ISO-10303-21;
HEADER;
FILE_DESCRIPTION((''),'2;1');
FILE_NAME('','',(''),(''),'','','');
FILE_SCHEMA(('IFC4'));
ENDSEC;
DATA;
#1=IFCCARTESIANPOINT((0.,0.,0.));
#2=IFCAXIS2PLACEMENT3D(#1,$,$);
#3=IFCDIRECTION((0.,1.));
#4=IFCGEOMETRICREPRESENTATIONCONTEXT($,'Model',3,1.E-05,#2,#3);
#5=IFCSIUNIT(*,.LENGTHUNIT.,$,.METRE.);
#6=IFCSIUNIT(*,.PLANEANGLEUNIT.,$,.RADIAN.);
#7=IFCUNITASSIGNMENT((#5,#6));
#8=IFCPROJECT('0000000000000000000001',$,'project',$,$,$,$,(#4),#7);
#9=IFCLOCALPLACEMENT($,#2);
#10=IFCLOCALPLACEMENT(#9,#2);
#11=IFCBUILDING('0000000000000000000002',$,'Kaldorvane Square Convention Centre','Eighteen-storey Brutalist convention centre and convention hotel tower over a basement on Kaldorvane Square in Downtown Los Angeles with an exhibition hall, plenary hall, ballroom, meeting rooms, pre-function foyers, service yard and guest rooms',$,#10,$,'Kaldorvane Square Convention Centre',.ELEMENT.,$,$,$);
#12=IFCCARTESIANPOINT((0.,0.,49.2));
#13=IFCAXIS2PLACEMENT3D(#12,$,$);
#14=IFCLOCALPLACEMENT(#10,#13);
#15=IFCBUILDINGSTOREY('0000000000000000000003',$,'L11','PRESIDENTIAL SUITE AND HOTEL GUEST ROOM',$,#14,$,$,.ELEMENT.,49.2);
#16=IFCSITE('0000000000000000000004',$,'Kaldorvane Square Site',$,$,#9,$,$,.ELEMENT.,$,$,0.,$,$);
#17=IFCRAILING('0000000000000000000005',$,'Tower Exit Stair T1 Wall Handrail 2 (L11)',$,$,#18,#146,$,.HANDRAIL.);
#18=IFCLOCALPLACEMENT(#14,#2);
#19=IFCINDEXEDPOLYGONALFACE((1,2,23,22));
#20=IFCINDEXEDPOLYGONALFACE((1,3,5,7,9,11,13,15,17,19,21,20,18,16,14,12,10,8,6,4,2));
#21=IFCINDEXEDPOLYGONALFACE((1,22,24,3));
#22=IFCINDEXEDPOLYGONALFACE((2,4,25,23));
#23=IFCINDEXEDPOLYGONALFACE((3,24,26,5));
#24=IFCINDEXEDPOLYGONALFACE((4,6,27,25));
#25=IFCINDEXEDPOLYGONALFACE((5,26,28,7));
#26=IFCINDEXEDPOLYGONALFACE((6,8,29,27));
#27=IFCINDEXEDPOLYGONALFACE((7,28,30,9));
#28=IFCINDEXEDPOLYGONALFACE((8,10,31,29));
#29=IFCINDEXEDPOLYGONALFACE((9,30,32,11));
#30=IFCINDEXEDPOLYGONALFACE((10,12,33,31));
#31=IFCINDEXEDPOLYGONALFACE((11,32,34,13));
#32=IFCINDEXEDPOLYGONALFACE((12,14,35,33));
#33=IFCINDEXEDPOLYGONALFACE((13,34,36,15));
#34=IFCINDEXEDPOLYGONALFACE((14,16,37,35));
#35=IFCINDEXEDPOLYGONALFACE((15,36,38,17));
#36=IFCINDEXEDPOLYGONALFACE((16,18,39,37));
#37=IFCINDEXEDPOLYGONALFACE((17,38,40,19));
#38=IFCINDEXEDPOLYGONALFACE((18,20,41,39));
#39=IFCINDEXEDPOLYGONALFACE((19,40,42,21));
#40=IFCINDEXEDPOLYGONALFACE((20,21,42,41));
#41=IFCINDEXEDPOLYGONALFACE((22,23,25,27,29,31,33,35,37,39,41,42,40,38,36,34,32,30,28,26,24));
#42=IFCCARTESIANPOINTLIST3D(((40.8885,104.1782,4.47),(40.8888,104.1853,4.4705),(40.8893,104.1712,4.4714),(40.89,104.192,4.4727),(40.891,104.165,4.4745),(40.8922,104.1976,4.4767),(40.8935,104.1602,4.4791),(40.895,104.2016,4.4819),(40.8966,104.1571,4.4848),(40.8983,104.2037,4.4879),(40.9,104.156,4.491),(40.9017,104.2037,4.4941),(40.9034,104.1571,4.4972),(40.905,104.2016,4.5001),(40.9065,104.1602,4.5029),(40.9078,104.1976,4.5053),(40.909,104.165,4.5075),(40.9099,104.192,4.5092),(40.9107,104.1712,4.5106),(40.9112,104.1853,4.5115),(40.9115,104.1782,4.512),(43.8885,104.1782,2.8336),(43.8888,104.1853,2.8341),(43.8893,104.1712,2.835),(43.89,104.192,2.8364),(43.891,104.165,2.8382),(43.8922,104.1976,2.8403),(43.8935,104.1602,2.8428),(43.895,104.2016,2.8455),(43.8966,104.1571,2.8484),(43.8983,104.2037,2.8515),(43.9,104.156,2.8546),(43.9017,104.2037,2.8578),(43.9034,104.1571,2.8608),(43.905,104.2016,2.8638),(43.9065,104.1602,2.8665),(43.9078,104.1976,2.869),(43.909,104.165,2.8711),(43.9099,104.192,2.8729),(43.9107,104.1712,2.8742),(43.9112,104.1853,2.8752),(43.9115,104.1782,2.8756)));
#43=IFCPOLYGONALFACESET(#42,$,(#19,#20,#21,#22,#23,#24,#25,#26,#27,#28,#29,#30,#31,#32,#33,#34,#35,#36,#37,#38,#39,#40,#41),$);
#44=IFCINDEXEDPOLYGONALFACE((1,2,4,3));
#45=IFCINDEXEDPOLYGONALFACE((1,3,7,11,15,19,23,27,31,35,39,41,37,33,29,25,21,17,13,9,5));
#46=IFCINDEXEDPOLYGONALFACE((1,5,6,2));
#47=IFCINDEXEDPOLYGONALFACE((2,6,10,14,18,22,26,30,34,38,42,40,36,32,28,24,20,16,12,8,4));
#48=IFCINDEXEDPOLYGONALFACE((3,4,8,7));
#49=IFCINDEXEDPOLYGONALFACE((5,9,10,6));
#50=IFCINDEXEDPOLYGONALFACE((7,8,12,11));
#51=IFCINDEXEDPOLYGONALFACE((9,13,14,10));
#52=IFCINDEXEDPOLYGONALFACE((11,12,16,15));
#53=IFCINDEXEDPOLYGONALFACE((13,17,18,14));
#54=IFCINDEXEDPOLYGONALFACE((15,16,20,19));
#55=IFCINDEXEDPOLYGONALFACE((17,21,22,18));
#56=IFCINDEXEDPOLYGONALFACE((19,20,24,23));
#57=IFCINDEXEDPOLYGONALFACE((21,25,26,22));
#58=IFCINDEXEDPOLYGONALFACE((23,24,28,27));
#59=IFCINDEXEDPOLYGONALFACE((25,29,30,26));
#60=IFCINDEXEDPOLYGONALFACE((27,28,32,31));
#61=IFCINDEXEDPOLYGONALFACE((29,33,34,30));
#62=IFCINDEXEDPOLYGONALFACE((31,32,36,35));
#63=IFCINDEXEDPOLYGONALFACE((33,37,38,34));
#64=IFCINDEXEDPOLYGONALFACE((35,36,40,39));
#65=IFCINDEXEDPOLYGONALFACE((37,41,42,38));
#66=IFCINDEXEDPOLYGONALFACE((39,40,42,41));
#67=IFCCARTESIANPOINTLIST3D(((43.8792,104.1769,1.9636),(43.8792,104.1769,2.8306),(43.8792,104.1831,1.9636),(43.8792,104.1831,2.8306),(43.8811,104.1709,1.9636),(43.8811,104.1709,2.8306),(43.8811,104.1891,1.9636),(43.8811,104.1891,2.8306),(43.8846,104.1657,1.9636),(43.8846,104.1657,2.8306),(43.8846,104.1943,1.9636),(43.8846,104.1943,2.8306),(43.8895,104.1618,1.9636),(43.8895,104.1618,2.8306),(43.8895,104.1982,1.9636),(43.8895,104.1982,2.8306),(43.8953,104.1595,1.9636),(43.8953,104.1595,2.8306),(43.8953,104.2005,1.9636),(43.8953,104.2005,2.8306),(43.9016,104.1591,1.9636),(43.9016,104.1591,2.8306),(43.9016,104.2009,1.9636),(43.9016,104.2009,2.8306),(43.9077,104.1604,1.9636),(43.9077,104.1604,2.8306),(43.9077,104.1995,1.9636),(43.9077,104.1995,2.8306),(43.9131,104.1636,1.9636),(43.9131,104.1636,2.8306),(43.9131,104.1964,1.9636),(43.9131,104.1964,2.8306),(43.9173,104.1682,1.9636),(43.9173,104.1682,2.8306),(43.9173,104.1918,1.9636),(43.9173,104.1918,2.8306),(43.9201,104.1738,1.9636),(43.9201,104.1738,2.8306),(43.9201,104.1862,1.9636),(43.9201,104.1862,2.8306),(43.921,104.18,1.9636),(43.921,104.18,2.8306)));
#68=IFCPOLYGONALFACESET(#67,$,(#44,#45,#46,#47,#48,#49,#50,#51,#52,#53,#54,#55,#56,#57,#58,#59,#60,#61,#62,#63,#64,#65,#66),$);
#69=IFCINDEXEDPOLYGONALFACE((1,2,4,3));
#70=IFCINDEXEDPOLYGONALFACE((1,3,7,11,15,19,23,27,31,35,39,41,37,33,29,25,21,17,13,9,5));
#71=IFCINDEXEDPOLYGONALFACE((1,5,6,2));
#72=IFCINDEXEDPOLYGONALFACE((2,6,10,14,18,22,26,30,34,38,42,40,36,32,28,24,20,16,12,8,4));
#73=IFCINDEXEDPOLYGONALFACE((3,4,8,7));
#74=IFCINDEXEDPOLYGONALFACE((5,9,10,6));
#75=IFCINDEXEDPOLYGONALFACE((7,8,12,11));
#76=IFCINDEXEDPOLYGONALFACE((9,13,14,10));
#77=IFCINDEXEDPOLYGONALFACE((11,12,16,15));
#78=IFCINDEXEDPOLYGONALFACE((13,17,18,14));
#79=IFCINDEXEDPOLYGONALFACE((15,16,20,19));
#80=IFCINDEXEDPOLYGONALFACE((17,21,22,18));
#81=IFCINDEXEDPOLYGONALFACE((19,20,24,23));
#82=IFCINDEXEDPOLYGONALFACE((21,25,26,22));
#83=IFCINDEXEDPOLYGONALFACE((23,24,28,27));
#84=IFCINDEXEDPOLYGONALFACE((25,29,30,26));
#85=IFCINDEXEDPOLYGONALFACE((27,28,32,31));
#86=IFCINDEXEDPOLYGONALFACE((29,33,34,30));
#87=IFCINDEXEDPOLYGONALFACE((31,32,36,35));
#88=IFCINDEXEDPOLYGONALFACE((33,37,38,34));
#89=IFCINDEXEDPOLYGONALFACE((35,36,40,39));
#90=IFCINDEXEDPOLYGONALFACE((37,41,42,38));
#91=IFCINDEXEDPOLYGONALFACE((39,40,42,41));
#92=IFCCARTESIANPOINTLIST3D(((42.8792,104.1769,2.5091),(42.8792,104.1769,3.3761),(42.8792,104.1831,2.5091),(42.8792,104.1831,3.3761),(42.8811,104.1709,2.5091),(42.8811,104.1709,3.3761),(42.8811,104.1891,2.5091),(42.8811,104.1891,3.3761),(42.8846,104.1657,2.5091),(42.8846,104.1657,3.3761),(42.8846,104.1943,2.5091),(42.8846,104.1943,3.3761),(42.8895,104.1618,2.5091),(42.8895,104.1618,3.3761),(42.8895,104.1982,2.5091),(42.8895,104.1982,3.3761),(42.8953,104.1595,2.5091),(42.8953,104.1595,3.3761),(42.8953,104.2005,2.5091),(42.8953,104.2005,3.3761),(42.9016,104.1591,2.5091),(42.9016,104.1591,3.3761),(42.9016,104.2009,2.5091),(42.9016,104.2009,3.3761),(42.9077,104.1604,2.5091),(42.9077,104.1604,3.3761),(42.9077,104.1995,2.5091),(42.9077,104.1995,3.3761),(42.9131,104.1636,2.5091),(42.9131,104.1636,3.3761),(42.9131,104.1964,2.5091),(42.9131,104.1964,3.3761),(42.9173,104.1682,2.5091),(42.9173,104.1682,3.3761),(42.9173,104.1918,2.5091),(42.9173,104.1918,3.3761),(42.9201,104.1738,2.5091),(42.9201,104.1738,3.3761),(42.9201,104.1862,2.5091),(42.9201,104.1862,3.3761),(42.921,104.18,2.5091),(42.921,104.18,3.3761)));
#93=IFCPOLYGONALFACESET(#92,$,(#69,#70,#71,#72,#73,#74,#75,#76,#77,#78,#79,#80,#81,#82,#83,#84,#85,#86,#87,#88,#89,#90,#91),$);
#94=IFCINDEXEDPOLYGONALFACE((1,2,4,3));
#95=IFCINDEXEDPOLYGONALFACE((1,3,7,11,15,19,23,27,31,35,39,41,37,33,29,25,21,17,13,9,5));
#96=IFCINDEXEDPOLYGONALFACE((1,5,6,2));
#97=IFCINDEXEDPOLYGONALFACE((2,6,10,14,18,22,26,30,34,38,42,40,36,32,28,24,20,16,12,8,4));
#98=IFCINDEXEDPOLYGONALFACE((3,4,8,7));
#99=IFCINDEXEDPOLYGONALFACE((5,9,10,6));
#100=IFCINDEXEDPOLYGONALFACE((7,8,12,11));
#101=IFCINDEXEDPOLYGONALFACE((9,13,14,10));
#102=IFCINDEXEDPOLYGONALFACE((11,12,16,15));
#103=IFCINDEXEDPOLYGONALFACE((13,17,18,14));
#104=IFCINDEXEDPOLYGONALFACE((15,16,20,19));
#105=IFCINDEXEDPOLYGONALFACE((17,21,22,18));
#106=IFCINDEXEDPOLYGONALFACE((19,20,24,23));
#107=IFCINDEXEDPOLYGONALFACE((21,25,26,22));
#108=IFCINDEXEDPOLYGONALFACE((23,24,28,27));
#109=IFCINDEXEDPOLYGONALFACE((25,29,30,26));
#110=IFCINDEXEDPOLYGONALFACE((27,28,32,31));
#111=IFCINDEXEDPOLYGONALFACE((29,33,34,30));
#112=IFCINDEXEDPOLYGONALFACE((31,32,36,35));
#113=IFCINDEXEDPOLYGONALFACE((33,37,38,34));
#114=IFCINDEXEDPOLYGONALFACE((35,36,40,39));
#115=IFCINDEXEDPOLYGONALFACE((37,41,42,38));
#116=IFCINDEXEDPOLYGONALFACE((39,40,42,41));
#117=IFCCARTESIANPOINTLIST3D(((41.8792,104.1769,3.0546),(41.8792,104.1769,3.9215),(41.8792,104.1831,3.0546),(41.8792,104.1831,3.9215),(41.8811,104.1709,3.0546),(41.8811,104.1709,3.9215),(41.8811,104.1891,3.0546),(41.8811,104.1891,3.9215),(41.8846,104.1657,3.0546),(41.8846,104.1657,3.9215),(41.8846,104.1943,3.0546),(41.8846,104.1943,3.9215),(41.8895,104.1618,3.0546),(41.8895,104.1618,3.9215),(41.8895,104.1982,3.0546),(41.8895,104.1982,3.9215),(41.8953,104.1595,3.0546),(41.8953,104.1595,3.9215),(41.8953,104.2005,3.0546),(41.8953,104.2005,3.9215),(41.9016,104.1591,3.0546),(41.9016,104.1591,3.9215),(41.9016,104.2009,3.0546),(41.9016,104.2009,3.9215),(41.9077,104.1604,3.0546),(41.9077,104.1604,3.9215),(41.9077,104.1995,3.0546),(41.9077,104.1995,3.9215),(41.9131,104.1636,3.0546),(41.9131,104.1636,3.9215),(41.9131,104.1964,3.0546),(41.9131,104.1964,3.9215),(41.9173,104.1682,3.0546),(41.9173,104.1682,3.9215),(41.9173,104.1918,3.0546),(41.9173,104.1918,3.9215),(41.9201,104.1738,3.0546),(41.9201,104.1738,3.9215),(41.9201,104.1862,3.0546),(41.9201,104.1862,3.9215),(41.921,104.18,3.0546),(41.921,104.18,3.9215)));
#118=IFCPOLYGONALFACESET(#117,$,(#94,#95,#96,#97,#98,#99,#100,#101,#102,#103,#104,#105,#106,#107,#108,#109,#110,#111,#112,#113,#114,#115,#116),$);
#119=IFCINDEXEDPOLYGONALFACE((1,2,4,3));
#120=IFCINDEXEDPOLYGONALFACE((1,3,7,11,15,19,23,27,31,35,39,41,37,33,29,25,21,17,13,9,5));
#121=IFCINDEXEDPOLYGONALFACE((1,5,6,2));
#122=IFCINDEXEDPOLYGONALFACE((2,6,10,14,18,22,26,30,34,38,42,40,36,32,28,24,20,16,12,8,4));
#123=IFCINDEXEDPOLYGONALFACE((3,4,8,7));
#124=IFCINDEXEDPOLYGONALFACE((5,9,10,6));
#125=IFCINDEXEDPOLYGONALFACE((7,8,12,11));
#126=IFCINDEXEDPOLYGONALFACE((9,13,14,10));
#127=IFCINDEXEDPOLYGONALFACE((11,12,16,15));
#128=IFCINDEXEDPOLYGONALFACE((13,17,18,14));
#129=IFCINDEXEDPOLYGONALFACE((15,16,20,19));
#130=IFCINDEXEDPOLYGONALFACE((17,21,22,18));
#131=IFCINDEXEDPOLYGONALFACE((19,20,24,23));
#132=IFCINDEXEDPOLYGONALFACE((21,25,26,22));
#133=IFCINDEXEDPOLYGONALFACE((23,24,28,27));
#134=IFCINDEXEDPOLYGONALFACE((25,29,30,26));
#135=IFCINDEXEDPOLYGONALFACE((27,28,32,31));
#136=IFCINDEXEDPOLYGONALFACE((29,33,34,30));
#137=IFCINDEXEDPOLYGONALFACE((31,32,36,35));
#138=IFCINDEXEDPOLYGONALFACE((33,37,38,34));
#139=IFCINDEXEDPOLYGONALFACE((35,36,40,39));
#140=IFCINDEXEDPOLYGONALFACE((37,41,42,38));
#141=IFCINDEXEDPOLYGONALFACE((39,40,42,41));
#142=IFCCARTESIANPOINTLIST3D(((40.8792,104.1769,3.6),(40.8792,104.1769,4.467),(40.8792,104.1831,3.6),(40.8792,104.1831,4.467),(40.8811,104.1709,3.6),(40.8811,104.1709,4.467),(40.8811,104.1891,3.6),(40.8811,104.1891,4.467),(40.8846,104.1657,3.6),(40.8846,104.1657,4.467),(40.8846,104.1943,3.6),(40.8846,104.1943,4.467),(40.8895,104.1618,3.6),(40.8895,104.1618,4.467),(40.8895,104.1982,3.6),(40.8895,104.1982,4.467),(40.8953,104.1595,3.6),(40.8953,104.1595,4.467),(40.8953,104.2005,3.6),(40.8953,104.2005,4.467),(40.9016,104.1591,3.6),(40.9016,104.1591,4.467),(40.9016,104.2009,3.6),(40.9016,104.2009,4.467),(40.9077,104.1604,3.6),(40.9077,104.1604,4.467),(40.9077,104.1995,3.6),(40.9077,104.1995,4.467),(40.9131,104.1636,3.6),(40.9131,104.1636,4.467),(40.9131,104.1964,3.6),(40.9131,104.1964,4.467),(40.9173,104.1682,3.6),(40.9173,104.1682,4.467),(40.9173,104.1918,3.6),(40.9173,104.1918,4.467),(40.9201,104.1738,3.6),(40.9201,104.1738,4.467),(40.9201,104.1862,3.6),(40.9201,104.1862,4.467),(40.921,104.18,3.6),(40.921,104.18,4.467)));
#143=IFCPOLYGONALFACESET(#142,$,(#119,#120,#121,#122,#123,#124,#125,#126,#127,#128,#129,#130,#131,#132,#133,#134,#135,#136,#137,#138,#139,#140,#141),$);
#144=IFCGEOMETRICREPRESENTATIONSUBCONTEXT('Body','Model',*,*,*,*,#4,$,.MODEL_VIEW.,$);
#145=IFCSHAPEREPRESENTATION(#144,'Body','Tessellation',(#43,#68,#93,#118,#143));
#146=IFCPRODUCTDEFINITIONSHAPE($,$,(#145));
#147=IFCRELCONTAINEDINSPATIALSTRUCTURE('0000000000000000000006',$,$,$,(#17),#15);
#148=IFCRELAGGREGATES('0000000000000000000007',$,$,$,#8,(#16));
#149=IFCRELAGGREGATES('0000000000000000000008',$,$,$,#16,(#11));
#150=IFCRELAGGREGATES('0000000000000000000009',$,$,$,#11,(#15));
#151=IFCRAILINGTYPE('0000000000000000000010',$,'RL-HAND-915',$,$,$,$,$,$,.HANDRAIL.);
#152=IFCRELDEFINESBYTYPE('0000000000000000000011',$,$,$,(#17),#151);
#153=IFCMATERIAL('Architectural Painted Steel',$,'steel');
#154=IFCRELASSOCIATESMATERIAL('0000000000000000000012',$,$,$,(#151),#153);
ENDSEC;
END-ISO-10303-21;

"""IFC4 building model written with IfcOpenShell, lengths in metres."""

from ifc_helpers import new_model, si_unit, direction, frame, origin, origin_2d, place, context, subcontext, project, spatial, circle, extrude, material, type_object, element, save


model = new_model("IFC4")

# Units and contexts
model_context = context("Model", 3, precision=1e-05, world=origin(), true_north=direction((0.0, 1.0)))
body_context = subcontext(model_context, "Body", "Model", "MODEL_VIEW")
ifc_project = project(units=[si_unit("LENGTHUNIT", "METRE"), si_unit("PLANEANGLEUNIT", "RADIAN")], contexts=[model_context])

# Site, building, storey
site_placement = place(None, origin())
site = spatial("IfcSite", under=ifc_project, at=site_placement, Name="Kaldorvane Square Site", CompositionType="ELEMENT", RefElevation=0.0)
building_placement = place(site_placement, origin())
building = spatial("IfcBuilding", under=site, at=building_placement, Name="Kaldorvane Square Convention Centre", Description="Eighteen-storey Brutalist convention centre and convention hotel tower over a basement on Kaldorvane Square in Downtown Los Angeles with an exhibition hall, plenary hall, ballroom, meeting rooms, pre-function foyers, service yard and guest rooms", LongName="Kaldorvane Square Convention Centre", CompositionType="ELEMENT")
storey_placement = place(building_placement, frame((0.0, 0.0, 49.2)))
storey = spatial("IfcBuildingStorey", under=building, at=storey_placement, Name="L11", Description="PRESIDENTIAL SUITE AND HOTEL GUEST ROOM", CompositionType="ELEMENT", Elevation=49.2)

# Railing
ifc_material_1 = material(Name="Architectural Painted Steel", Category="steel")
railing_type_1 = type_object("IfcRailingType", Name="RL-HAND-915", PredefinedType="HANDRAIL", material=ifc_material_1)
railing_1_placement = place(storey_placement, frame((43.9, 104.18, 1.9636)))
element("IfcRailing", 1, at=railing_1_placement, inside=storey, type_object=railing_type_1, Name="Tower Exit Stair T1 Wall Handrail 2 (L11)", PredefinedType="HANDRAIL", context=body_context, shape_type="SweptSolid", body=[
    extrude(circle(Radius=0.024, at=origin_2d()), frame((0.0, 0.0, 0.891), z_axis=(-0.877895, 0.0, 0.478853), x_axis=(0.0, -1.0, 0.0)), (0.0, 0.0, 1.0), 3.4173),
    extrude(circle(Radius=0.021, at=origin_2d()), origin(), (0.0, 0.0, 1.0), 0.867),
    extrude(circle(Radius=0.021, at=origin_2d()), frame((-1.0, 0.0, 0.5455)), (0.0, 0.0, 1.0), 0.867),
    extrude(circle(Radius=0.021, at=origin_2d()), frame((-2.0, 0.0, 1.0909)), (0.0, 0.0, 1.0), 0.867),
    extrude(circle(Radius=0.021, at=origin_2d()), frame((-3.0, 0.0, 1.6364)), (0.0, 0.0, 1.0), 0.867),
])

save(model, "model.ifc")
